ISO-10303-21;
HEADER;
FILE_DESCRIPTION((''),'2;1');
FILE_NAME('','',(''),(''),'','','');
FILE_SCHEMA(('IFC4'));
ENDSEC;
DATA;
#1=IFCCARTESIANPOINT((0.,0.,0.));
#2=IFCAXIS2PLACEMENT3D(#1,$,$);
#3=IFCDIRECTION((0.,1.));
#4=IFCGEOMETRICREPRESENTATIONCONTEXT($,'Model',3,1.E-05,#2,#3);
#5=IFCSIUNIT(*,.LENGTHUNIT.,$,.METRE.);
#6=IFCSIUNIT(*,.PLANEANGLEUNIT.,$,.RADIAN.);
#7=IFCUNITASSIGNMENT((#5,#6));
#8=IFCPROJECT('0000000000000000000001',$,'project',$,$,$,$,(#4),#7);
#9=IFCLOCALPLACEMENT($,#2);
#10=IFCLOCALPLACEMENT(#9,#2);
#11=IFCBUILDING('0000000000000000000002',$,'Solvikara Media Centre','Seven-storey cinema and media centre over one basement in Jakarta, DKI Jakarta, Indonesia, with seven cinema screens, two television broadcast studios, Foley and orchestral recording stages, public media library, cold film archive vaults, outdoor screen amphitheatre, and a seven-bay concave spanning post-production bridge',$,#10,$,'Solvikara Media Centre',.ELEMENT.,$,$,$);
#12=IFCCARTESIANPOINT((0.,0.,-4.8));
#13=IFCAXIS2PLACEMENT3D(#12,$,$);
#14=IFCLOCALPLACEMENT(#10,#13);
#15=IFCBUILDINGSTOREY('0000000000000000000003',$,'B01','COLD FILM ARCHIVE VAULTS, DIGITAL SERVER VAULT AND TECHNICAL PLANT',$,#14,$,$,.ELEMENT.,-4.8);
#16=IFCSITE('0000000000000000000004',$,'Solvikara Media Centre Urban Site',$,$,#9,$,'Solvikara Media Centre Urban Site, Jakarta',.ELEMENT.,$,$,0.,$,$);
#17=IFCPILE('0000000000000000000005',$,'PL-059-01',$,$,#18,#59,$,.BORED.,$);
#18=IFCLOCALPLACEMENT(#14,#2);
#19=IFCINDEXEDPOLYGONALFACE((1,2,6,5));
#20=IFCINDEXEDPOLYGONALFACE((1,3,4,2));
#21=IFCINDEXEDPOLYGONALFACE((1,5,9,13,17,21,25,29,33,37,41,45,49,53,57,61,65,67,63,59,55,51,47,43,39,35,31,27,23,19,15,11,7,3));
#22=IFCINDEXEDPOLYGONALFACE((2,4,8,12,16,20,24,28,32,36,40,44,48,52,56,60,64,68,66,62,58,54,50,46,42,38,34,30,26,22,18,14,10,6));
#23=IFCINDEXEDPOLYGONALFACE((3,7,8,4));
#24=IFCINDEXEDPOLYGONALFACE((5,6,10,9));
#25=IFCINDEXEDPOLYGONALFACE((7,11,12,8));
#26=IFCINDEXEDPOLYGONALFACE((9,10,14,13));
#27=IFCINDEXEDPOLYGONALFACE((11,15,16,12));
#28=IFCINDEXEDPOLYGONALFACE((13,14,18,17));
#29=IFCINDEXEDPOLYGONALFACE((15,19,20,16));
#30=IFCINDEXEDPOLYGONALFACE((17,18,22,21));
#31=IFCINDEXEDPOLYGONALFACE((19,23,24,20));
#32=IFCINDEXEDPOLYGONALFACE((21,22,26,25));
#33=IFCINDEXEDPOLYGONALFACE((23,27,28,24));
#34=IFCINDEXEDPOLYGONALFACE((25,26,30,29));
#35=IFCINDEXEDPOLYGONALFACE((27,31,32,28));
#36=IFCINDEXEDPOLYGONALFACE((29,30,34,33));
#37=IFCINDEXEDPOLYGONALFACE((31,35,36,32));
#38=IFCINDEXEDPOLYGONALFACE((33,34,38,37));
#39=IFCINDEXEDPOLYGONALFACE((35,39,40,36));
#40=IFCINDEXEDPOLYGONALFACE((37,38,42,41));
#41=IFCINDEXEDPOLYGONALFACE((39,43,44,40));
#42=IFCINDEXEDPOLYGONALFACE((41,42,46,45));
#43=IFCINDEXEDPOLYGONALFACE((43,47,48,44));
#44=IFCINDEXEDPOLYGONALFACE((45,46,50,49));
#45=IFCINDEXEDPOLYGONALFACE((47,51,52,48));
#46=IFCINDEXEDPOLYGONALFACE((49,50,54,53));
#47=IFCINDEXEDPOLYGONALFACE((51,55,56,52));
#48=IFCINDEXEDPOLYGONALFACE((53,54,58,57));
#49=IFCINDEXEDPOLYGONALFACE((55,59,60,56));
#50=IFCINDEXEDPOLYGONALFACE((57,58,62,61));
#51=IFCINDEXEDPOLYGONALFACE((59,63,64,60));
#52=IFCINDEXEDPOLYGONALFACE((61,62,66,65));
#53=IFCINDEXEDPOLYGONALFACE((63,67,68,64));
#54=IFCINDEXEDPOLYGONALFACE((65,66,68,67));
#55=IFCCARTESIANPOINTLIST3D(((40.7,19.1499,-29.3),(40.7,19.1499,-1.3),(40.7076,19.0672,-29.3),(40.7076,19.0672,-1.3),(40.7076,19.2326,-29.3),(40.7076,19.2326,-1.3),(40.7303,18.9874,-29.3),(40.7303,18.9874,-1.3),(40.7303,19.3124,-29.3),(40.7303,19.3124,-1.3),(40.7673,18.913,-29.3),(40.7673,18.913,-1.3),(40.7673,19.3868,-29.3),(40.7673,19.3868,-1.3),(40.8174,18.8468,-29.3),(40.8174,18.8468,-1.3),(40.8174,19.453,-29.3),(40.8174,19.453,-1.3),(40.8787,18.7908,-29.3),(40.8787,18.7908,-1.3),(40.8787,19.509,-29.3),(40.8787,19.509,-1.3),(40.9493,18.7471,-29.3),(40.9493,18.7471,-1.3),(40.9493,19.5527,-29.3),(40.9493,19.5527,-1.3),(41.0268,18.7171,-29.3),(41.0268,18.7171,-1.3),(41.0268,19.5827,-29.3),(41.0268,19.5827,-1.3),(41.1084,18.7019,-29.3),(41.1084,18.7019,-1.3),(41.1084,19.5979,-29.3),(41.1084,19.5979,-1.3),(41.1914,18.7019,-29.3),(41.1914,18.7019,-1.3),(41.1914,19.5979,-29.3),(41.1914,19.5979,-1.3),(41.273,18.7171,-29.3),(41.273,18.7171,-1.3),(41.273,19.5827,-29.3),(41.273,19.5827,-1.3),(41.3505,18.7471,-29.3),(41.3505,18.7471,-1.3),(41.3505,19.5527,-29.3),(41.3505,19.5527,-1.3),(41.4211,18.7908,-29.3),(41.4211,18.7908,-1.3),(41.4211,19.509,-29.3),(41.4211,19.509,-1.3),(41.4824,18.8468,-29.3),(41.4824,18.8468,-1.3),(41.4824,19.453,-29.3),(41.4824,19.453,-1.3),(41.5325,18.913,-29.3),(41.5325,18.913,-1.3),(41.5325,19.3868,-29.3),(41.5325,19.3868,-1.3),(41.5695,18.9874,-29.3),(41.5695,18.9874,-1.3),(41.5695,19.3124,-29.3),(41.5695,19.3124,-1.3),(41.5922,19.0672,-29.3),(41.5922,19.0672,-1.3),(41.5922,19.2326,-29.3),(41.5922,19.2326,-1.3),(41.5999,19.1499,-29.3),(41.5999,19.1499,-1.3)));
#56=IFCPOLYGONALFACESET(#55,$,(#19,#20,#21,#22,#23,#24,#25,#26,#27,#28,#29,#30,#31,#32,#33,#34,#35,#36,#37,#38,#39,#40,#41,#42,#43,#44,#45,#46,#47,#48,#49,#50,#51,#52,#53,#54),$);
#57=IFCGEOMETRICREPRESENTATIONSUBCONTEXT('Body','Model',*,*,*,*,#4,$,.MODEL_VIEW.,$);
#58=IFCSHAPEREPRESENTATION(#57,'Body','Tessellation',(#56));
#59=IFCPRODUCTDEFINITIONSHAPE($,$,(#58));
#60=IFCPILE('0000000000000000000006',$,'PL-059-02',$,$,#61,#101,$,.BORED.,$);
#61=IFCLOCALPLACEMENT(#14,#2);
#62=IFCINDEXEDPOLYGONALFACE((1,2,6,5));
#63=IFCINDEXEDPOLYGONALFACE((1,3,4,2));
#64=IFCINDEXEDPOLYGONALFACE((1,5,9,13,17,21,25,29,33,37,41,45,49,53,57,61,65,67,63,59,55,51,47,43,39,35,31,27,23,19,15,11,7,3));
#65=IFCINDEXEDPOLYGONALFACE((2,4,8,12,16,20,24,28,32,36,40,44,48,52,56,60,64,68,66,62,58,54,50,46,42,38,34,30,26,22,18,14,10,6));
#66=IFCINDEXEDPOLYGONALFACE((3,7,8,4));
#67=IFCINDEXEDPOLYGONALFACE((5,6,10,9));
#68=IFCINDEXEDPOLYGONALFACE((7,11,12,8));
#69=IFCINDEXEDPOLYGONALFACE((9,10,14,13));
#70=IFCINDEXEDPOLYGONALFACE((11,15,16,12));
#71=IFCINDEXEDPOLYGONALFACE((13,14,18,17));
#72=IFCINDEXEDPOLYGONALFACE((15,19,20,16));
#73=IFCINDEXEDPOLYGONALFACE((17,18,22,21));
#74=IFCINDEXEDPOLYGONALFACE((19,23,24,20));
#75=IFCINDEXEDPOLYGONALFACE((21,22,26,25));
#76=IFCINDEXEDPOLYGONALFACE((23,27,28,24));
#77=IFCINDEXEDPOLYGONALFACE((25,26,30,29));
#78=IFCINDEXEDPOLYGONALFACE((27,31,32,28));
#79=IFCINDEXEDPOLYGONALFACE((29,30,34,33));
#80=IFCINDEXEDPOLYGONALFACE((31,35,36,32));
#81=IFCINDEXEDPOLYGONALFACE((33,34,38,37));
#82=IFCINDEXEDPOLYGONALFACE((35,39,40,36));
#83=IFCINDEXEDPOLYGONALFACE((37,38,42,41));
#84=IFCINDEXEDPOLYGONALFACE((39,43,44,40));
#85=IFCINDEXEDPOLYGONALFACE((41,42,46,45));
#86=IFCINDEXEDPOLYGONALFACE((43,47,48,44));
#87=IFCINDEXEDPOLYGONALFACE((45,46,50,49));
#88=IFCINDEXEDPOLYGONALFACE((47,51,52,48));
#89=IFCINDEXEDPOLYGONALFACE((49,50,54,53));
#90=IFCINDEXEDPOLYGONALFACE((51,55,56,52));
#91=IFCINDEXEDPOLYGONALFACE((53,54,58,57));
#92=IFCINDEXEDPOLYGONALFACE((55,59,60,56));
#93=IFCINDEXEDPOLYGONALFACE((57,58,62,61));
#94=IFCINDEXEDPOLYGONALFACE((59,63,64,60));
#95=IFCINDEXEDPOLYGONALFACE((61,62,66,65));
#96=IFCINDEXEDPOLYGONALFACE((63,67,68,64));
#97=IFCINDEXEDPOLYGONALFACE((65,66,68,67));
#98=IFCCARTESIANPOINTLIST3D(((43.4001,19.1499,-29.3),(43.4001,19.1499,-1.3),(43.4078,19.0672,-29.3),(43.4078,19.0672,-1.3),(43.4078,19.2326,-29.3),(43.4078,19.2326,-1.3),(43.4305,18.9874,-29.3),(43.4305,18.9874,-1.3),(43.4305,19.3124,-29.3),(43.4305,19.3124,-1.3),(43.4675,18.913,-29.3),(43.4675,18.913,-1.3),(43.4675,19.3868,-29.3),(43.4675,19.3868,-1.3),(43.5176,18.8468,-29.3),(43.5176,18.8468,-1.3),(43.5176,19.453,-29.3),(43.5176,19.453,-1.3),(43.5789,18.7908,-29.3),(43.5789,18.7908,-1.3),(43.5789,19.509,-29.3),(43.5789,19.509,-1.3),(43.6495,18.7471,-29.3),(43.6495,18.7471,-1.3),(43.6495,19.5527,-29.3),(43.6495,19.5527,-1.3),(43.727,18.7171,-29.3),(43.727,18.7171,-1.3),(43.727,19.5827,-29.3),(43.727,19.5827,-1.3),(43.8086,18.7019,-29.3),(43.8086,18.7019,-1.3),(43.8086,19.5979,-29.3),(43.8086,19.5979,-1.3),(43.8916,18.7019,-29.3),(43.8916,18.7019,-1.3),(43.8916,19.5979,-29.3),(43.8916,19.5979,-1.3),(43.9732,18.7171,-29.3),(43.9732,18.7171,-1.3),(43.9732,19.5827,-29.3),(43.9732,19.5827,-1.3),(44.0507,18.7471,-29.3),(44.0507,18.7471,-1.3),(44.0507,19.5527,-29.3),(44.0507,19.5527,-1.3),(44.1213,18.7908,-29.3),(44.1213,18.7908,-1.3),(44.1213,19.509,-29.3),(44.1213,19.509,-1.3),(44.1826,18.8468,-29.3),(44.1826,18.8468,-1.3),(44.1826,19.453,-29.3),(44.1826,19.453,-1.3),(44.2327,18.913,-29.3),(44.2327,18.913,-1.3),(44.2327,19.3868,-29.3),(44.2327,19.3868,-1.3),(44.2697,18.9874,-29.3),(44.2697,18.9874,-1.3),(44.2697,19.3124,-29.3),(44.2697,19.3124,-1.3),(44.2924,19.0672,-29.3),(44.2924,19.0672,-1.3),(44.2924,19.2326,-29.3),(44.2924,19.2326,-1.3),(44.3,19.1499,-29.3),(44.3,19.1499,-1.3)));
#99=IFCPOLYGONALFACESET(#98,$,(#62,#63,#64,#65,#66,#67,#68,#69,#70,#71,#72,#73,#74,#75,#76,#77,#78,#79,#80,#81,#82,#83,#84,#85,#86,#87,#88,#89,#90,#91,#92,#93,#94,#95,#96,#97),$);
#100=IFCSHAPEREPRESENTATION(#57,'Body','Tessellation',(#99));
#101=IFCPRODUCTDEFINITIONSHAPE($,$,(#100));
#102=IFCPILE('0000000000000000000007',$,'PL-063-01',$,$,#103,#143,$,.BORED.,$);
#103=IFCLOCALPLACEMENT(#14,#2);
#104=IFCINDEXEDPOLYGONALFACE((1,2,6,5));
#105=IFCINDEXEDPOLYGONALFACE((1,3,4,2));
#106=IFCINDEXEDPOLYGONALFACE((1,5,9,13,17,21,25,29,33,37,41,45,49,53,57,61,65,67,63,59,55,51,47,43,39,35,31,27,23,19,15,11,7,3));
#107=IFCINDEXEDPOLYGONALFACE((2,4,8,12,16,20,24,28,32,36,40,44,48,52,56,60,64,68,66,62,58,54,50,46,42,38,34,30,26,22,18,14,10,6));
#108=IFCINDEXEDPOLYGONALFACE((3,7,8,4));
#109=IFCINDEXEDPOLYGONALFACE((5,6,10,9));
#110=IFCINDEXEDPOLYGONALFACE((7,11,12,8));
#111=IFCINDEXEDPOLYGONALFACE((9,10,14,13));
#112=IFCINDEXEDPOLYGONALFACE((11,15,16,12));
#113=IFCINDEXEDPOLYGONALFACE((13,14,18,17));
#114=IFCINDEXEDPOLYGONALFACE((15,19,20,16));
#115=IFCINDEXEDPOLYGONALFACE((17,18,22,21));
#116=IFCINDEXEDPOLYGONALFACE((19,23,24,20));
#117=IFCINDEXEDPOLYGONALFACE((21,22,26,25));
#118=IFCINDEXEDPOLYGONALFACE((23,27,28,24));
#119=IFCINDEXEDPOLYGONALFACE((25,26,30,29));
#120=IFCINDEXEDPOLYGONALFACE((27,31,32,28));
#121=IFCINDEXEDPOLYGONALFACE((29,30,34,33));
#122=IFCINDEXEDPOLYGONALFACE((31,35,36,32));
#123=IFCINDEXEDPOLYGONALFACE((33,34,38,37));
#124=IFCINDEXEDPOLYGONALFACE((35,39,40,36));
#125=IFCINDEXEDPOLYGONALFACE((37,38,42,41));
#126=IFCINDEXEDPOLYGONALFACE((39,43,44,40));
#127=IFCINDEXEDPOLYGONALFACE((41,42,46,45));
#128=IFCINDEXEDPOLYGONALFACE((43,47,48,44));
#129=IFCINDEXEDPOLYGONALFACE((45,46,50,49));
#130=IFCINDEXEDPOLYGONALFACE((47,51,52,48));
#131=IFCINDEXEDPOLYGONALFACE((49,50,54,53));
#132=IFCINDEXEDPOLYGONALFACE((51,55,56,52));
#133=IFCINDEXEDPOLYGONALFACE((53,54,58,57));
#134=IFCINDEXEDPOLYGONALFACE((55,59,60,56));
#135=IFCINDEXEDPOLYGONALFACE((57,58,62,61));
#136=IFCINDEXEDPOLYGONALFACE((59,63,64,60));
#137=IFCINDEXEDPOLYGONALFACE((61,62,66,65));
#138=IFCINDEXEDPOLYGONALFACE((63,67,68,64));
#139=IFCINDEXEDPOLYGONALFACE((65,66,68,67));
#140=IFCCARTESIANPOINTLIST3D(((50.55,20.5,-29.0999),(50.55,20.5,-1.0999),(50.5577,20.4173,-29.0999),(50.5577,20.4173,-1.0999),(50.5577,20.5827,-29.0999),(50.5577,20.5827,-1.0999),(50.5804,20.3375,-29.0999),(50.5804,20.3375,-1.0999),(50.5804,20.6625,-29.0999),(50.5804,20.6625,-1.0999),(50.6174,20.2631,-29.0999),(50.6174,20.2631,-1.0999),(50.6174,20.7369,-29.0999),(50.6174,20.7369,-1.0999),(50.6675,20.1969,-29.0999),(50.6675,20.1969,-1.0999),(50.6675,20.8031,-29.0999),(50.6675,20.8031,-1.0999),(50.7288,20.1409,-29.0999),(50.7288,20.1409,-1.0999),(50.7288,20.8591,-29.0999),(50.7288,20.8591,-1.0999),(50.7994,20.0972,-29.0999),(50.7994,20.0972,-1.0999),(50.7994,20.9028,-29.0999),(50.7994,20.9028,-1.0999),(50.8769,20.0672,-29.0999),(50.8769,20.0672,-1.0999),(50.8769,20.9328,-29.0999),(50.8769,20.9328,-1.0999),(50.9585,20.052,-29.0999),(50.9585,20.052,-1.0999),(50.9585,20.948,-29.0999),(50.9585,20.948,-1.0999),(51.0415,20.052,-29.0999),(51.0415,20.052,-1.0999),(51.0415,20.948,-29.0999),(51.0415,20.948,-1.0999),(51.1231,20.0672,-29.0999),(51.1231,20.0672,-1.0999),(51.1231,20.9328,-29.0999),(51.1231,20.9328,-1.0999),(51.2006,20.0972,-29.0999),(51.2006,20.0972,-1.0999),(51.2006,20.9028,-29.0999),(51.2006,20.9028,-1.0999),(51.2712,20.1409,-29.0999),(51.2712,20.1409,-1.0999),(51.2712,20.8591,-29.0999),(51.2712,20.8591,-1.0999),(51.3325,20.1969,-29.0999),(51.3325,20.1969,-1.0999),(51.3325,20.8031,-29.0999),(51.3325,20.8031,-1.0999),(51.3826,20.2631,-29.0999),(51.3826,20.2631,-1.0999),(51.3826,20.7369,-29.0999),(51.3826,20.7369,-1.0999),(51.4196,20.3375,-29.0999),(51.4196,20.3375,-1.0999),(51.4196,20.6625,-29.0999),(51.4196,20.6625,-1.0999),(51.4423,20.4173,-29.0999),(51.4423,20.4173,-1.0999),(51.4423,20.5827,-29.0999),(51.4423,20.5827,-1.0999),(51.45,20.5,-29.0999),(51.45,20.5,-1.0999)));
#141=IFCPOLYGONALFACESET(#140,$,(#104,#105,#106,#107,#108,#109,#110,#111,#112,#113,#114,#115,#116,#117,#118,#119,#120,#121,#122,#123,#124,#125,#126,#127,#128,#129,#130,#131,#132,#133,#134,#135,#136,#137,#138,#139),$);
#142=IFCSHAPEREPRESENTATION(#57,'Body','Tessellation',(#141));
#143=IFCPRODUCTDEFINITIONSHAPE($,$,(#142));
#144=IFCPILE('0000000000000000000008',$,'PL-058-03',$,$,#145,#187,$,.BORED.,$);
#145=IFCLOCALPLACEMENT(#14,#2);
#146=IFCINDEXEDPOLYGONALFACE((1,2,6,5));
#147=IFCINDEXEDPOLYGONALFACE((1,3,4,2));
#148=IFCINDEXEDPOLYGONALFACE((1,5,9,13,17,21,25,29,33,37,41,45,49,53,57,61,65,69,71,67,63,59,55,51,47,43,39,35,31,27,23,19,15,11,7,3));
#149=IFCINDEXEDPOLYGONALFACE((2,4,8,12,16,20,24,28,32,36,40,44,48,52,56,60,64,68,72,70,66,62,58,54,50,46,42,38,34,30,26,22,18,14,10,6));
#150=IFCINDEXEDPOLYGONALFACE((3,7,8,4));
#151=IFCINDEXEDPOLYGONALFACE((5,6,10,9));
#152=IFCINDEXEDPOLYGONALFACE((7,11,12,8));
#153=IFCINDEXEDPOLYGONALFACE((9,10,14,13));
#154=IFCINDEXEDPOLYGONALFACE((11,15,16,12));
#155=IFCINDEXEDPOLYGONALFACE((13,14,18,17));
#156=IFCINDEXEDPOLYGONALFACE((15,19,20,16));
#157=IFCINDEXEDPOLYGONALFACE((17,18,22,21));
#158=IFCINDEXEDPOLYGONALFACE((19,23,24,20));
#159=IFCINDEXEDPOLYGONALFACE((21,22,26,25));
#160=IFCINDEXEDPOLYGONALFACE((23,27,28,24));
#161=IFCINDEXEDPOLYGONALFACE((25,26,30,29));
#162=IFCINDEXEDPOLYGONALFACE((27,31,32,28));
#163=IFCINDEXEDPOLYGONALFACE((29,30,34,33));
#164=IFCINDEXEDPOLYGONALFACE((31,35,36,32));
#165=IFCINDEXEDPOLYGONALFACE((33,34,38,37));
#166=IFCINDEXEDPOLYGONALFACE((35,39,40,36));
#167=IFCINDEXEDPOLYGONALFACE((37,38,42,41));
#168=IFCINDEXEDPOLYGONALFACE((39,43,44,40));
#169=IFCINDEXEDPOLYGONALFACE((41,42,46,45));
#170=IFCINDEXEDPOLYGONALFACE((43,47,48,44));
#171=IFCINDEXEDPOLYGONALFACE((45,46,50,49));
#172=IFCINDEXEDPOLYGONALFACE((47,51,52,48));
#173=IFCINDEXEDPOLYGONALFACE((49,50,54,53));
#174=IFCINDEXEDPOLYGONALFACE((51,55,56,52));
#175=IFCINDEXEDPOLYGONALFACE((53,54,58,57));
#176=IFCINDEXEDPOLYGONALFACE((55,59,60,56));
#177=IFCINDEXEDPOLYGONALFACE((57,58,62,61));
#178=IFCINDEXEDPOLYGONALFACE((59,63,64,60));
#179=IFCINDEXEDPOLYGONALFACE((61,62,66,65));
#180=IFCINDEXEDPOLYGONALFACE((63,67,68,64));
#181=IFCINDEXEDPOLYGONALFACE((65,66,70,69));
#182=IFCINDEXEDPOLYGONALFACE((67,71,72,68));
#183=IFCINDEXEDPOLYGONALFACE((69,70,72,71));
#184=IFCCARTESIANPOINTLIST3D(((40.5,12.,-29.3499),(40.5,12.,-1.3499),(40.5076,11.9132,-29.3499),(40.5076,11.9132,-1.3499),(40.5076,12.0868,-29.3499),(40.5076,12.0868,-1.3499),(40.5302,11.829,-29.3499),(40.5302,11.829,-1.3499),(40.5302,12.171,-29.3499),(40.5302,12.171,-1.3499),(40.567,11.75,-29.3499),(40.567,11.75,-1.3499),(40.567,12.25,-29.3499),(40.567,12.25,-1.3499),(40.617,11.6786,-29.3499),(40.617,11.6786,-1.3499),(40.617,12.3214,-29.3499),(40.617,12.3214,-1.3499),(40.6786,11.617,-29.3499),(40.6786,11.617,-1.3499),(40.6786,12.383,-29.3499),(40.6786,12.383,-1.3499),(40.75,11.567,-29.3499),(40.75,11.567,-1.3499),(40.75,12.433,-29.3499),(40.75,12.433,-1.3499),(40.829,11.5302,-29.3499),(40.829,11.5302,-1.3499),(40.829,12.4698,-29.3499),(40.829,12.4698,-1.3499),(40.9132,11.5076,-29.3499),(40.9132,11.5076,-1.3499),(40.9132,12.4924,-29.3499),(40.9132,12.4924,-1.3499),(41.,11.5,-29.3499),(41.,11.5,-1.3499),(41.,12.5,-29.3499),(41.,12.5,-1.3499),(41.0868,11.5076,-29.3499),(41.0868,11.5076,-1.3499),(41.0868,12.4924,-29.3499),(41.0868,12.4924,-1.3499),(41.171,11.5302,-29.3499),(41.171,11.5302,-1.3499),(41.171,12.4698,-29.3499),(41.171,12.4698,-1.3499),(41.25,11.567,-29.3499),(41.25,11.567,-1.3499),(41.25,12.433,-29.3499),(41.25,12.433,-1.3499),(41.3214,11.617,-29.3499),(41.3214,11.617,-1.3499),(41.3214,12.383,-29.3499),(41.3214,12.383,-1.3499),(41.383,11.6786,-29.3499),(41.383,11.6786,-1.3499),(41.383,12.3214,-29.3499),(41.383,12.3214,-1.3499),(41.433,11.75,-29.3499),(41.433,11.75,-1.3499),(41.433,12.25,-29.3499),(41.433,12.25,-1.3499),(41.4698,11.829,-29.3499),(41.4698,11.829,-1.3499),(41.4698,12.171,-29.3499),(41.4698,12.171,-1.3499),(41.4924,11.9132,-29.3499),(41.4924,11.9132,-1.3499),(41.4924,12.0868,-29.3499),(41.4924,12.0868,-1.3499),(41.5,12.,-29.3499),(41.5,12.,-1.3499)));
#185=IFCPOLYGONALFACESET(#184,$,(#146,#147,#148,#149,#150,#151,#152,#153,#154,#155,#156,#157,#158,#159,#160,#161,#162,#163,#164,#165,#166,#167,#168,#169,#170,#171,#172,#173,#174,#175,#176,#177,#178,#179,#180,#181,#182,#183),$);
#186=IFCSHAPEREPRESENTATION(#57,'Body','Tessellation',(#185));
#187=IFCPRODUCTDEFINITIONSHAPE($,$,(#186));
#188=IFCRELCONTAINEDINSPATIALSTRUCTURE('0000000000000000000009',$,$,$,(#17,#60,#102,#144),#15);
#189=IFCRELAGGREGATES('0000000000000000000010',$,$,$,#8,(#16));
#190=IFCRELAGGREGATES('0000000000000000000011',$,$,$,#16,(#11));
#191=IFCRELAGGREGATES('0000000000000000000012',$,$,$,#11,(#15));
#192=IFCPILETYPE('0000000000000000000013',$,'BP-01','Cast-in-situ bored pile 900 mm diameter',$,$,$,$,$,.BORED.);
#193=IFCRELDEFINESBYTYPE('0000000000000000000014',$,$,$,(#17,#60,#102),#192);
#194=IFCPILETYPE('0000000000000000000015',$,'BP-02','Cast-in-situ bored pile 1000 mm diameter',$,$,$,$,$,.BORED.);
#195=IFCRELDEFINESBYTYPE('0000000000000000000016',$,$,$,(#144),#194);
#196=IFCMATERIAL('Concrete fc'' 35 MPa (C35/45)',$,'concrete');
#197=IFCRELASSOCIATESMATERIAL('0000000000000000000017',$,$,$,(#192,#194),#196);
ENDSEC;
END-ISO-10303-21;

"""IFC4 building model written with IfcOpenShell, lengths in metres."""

from ifc_helpers import new_model, si_unit, direction, frame, origin, origin_2d, place, context, subcontext, project, spatial, circle, extrude, material, material_profile, profile_set, type_object, element, save


model = new_model("IFC4")

# Units and contexts
model_context = context("Model", 3, precision=1e-05, world=origin(), true_north=direction((0.0, 1.0)))
body_context = subcontext(model_context, "Body", "Model", "MODEL_VIEW")
ifc_project = project(units=[si_unit("LENGTHUNIT", "METRE"), si_unit("PLANEANGLEUNIT", "RADIAN")], contexts=[model_context])

# Site, building, storey
site_placement = place(None, origin())
site = spatial("IfcSite", under=ifc_project, at=site_placement, Name="Solvikara Media Centre Urban Site", LongName="Solvikara Media Centre Urban Site, Jakarta", CompositionType="ELEMENT", RefElevation=0.0)
building_placement = place(site_placement, origin())
building = spatial("IfcBuilding", under=site, at=building_placement, Name="Solvikara Media Centre", Description="Seven-storey cinema and media centre over one basement in Jakarta, DKI Jakarta, Indonesia, with seven cinema screens, two television broadcast studios, Foley and orchestral recording stages, public media library, cold film archive vaults, outdoor screen amphitheatre, and a seven-bay concave spanning post-production bridge", LongName="Solvikara Media Centre", CompositionType="ELEMENT")
storey_placement = place(building_placement, frame((0.0, 0.0, -4.8)))
storey = spatial("IfcBuildingStorey", under=building, at=storey_placement, Name="B01", Description="COLD FILM ARCHIVE VAULTS, DIGITAL SERVER VAULT AND TECHNICAL PLANT", CompositionType="ELEMENT", Elevation=-4.8)

# Piles
ifc_material_1 = material(Name="Concrete fc' 35 MPa (C35/45)", Category="concrete")
ifc_material_profile_1 = material_profile(ifc_material_1, circle(Radius=0.45, at=origin_2d()), Name="BORED PILE D900")
ifc_profile_set_1 = profile_set([ifc_material_profile_1], Name="Concrete fc' 35 MPa (C35/45)")
pile_type_1 = type_object("IfcPileType", Name="BP-01", Description="Cast-in-situ bored pile 900 mm diameter", PredefinedType="BORED", material=ifc_profile_set_1)
for number, where, z_axis, x_axis, name in (
    (1, (41.1499, 19.1499, -1.3), (0.0, 0.0, -1.0), (1.0, 0.0, 0.0), "PL-059-01"),
    (2, (43.8501, 19.1499, -1.3), (0.0, 0.0, -1.0), (1.0, 0.0, 0.0), "PL-059-02"),
    (3, (51.0, 20.5, -1.0999), (0.0, 0.0, -1.0), (1.0, 0.0, 0.0), "PL-063-01"),
):
    element("IfcPile", number, at=place(storey_placement, frame(where, z_axis=z_axis, x_axis=x_axis)), inside=storey, type_object=pile_type_1, Name=name, PredefinedType="BORED", context=body_context, shape_type="SweptSolid", body=[
        extrude(circle(Radius=0.45, at=origin_2d()), origin(), (0.0, 0.0, 1.0), 28.0),
    ])
ifc_material_profile_2 = material_profile(ifc_material_1, circle(Radius=0.5, at=origin_2d()), Name="BORED PILE D1000")
ifc_profile_set_2 = profile_set([ifc_material_profile_2], Name="Concrete fc' 35 MPa (C35/45)")
pile_type_2 = type_object("IfcPileType", Name="BP-02", Description="Cast-in-situ bored pile 1000 mm diameter", PredefinedType="BORED", material=ifc_profile_set_2)
for number, where, z_axis, x_axis, name in (
    (4, (41.0, 12.0, -1.3499), (0.0, 0.0, -1.0), (1.0, 0.0, 0.0), "PL-058-03"),
):
    element("IfcPile", number, at=place(storey_placement, frame(where, z_axis=z_axis, x_axis=x_axis)), inside=storey, type_object=pile_type_2, Name=name, PredefinedType="BORED", context=body_context, shape_type="SweptSolid", body=[
        extrude(circle(Radius=0.5, at=origin_2d()), origin(), (0.0, 0.0, 1.0), 28.0),
    ])

save(model, "model.ifc")
